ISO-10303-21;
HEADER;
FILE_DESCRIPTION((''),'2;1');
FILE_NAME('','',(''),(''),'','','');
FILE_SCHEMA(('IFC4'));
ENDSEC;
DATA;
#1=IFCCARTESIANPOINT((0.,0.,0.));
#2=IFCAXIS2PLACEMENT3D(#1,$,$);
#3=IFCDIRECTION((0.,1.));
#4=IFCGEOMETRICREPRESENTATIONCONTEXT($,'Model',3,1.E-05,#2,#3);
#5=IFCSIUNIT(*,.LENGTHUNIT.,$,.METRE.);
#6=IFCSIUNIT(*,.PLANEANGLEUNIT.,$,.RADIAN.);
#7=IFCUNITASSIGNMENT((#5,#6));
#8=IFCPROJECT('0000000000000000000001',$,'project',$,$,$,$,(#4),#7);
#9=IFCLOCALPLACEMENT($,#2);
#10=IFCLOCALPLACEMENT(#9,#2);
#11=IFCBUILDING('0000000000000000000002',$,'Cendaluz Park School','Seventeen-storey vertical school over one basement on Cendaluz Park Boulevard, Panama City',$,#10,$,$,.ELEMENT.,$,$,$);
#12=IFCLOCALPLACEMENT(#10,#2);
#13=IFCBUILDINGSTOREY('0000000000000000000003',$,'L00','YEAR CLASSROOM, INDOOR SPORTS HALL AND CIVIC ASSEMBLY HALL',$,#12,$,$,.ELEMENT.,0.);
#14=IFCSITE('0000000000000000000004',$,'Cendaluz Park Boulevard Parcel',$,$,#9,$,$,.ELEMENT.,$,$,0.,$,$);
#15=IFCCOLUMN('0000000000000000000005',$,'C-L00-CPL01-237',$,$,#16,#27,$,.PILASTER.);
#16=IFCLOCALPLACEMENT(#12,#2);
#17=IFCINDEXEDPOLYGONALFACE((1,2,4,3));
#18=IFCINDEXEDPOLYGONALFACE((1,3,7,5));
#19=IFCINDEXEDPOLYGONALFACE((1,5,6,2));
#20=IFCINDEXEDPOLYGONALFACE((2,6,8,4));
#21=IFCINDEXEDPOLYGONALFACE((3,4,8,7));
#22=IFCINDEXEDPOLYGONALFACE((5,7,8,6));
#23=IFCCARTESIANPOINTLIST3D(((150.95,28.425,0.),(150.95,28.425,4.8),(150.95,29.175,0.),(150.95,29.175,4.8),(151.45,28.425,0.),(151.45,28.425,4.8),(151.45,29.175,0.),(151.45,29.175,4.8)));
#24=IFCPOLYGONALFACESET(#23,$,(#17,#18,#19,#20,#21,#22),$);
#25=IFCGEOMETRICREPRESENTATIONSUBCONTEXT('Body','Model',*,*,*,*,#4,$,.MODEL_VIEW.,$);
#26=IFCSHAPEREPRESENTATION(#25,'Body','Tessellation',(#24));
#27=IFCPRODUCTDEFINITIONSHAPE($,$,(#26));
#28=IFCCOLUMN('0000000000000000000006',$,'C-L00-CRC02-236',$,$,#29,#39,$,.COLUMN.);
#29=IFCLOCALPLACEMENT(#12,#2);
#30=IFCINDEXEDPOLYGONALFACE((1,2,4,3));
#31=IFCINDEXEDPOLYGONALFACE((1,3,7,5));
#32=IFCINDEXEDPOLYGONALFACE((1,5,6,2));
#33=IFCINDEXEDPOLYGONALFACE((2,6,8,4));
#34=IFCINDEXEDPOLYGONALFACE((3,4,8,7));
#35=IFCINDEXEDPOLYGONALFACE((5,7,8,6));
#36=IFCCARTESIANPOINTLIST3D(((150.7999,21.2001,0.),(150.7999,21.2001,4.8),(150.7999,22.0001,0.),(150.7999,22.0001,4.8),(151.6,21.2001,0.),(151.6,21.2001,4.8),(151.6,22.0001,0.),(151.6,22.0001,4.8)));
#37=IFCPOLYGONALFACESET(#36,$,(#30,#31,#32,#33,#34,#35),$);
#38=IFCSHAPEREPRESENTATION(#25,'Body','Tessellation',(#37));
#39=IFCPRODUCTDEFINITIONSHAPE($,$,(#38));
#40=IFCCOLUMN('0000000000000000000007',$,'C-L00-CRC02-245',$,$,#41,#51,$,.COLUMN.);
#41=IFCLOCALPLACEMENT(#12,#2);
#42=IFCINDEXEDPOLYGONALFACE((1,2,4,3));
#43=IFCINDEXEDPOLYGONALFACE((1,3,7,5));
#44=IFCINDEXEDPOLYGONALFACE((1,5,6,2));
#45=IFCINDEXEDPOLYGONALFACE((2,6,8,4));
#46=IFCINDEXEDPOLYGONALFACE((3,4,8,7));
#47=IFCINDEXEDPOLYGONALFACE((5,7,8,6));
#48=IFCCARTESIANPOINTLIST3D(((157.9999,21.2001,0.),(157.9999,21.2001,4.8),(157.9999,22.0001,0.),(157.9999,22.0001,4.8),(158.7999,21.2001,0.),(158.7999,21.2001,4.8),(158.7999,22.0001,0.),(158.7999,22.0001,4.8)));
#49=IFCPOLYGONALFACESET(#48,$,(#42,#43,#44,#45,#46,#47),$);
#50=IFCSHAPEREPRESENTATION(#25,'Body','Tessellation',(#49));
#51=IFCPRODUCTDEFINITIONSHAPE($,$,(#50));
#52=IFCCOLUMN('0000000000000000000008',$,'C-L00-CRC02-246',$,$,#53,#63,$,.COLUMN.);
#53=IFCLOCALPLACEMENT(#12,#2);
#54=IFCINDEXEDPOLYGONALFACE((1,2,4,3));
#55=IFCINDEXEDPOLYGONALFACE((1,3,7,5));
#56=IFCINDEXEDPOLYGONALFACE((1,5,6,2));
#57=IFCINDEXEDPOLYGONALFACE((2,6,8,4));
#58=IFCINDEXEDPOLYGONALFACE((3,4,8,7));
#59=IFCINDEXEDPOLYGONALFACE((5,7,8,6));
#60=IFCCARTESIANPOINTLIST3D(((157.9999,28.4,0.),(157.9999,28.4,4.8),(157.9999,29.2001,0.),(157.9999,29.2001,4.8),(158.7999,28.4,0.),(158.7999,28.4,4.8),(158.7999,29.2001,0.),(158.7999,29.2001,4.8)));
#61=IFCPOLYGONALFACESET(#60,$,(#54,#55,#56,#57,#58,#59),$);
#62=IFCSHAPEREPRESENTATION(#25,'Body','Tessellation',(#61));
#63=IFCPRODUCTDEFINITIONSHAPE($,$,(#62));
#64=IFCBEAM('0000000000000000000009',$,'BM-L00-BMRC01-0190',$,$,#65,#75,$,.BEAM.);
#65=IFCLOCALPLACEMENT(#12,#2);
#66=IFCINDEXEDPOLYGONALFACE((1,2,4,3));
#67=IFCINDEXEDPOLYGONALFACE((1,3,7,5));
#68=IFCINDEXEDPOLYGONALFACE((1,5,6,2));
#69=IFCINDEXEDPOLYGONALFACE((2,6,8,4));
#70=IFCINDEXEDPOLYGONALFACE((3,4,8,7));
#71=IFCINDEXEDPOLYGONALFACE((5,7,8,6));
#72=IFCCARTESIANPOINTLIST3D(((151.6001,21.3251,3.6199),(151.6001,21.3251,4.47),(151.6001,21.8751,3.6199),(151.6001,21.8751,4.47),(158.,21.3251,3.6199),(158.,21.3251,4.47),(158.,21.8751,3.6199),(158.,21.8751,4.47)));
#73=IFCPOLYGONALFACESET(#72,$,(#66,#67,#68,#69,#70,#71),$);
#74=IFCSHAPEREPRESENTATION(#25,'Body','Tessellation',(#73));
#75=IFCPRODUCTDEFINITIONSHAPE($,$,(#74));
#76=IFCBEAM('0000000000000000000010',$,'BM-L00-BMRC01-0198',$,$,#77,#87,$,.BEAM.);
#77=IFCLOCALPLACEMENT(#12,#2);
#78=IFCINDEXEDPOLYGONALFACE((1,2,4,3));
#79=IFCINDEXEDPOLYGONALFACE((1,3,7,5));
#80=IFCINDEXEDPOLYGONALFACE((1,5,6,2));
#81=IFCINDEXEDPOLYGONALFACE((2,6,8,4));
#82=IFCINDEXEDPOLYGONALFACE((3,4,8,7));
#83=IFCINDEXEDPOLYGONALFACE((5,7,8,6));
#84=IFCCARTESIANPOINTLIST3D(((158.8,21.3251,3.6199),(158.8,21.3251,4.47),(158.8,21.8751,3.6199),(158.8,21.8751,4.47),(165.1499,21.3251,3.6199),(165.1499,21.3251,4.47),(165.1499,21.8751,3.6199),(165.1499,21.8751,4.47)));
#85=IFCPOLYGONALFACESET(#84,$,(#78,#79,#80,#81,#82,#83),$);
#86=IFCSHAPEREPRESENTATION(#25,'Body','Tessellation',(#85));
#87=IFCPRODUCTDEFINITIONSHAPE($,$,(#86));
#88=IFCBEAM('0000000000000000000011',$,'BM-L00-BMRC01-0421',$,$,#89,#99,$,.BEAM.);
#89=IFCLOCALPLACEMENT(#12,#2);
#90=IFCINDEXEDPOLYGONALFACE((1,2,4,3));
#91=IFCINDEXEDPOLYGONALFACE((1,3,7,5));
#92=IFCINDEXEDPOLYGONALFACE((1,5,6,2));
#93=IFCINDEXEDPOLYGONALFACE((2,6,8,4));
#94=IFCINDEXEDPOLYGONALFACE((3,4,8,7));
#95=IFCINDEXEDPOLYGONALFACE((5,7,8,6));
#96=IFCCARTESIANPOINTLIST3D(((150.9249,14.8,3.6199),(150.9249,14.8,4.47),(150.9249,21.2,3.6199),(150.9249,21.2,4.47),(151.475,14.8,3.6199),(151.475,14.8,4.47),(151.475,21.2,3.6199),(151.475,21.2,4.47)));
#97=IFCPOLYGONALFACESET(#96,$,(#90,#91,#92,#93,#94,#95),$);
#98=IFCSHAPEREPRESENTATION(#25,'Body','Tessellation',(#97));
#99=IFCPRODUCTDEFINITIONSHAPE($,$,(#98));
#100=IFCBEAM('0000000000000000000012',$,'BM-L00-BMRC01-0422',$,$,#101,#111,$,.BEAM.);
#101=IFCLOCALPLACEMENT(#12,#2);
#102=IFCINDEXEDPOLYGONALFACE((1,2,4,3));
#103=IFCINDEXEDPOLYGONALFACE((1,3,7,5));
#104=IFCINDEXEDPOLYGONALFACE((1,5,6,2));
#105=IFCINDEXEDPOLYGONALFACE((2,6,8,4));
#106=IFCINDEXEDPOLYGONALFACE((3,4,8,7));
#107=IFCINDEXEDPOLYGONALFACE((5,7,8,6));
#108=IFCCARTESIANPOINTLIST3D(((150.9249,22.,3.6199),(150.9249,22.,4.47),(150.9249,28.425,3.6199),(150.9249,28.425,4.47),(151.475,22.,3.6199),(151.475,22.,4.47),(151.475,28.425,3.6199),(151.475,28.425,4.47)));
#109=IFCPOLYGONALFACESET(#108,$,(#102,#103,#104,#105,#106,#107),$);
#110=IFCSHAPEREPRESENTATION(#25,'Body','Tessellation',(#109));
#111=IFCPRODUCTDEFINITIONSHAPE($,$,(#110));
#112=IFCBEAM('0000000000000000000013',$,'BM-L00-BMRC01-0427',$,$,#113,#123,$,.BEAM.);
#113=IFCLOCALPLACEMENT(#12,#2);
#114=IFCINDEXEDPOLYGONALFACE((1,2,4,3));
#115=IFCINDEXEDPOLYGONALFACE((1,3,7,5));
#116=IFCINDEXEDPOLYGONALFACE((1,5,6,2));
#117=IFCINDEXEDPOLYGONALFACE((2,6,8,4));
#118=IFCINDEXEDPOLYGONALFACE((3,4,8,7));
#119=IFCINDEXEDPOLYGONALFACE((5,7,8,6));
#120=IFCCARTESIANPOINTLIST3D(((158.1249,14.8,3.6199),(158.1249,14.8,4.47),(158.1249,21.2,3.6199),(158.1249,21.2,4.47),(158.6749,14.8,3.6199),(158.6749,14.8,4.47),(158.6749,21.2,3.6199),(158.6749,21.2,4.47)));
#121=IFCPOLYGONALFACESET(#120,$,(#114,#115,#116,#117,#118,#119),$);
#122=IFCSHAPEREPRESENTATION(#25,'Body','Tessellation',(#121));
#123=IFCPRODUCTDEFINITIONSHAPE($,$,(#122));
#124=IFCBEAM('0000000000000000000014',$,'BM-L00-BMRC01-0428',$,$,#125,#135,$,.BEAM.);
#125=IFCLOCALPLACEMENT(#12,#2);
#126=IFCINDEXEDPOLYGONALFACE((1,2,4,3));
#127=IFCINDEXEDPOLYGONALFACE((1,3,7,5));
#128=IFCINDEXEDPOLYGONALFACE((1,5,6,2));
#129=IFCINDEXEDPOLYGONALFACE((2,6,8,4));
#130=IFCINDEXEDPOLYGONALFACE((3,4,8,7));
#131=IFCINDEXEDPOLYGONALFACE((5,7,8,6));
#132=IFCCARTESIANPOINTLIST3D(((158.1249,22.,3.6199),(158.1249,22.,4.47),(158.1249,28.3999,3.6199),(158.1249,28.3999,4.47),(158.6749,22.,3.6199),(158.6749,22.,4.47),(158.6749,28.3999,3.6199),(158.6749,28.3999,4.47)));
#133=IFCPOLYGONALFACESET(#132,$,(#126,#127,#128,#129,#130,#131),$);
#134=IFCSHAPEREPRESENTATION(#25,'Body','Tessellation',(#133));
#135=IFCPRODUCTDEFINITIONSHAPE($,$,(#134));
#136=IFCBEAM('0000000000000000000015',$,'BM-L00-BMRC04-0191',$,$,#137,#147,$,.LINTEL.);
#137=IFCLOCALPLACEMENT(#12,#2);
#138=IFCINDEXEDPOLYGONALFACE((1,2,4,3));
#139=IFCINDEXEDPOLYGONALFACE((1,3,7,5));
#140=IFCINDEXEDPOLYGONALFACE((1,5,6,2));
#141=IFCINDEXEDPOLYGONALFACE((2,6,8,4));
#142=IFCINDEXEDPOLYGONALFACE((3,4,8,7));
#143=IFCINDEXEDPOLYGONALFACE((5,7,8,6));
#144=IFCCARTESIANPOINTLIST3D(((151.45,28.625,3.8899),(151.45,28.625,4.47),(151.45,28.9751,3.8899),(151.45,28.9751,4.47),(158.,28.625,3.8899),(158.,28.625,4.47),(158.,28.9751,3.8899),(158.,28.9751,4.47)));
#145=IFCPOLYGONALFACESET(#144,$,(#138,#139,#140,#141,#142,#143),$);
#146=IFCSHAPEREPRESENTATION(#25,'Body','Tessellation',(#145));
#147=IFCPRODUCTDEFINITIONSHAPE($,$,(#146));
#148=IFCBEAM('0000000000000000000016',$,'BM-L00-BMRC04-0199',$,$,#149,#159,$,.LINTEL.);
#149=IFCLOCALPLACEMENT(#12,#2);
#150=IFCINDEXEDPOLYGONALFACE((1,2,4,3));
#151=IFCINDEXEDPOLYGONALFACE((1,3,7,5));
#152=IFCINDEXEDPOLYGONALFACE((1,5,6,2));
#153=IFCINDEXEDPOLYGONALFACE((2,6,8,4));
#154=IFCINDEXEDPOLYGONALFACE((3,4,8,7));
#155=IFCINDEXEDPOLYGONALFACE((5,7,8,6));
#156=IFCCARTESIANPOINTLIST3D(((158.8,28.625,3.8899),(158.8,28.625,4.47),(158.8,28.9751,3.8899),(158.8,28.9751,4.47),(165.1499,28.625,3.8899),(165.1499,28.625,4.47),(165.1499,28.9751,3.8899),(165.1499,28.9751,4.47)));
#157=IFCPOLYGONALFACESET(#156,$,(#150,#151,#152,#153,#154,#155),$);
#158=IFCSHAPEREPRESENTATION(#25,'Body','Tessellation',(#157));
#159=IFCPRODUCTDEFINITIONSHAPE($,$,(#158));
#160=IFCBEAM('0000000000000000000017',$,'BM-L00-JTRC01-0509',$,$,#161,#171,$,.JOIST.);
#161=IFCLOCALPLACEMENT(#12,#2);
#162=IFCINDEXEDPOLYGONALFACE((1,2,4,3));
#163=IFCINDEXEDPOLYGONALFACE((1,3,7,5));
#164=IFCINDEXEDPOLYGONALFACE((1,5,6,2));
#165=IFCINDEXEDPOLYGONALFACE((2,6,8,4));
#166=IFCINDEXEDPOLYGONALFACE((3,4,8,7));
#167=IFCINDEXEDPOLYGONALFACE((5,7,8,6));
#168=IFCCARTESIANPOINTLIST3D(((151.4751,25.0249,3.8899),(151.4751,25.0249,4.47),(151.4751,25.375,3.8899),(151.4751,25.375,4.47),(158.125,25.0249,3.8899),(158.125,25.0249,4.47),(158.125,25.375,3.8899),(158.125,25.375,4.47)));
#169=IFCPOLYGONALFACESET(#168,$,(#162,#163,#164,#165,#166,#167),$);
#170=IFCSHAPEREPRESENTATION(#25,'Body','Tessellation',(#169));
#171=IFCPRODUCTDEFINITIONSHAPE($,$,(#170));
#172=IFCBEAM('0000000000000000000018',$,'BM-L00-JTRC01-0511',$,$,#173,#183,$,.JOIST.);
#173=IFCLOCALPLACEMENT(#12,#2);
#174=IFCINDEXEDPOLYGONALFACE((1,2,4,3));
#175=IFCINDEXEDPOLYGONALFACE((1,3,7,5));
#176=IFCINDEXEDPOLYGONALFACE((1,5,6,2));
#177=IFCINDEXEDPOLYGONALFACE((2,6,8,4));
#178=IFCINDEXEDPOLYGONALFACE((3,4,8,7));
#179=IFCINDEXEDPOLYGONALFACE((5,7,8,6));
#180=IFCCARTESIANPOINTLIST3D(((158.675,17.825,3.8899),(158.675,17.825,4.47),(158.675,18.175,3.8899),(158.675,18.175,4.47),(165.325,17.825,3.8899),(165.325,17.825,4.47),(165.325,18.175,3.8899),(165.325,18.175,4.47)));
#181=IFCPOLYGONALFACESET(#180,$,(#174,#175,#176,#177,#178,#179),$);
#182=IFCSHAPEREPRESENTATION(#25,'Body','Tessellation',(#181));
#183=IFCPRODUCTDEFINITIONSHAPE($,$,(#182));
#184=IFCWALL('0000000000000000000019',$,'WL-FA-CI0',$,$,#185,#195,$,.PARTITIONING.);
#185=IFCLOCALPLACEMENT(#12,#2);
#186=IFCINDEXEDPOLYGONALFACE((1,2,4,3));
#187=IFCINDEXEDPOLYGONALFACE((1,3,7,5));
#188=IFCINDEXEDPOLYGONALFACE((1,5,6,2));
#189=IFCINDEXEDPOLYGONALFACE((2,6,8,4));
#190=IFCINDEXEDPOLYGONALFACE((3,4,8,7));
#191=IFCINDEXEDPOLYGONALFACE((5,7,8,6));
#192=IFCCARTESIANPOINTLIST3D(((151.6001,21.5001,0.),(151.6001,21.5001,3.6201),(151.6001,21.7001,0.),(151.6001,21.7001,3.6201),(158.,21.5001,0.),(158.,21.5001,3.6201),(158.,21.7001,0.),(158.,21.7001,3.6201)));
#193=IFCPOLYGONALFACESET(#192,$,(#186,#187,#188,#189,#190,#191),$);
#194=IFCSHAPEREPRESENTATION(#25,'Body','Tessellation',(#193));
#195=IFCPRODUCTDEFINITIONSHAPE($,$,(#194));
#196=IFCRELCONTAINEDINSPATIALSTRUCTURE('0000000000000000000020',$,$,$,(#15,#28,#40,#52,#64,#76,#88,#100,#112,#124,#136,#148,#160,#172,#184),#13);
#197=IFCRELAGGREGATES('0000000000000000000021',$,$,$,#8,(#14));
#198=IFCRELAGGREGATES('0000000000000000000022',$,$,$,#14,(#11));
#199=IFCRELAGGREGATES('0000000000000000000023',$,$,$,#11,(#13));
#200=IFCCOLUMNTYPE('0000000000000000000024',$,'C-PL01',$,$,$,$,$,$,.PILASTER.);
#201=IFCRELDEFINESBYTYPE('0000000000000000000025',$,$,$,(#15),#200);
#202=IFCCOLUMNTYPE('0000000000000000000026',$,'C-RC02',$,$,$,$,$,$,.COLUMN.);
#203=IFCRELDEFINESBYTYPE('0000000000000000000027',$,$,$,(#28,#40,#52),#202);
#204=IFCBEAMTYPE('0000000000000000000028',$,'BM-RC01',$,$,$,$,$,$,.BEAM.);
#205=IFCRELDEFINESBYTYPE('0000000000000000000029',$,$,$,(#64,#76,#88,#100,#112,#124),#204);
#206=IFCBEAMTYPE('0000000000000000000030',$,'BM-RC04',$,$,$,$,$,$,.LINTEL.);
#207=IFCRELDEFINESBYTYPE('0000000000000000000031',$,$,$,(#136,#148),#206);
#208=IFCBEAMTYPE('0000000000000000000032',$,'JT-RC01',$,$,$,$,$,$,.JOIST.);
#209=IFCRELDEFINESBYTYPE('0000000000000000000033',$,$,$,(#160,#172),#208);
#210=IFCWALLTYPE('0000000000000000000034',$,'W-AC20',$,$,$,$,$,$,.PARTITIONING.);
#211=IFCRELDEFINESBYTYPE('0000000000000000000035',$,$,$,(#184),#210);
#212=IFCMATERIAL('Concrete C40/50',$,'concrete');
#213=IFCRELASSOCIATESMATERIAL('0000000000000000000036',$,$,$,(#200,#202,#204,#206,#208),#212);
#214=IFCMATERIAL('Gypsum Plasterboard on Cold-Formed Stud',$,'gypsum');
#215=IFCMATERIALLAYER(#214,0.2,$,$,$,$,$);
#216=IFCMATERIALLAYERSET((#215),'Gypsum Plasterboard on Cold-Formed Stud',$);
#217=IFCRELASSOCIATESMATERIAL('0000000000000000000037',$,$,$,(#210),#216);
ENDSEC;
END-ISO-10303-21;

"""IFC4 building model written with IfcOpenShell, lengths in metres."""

from ifc_helpers import new_model, si_unit, direction, frame, frame_2d, origin, origin_2d, place, context, subcontext, project, spatial, rectangle, extrude, material, layer, layer_set, material_profile, profile_set, type_object, element, save


model = new_model("IFC4")

# Units and contexts
model_context = context("Model", 3, precision=1e-05, world=origin(), true_north=direction((0.0, 1.0)))
body_context = subcontext(model_context, "Body", "Model", "MODEL_VIEW")
ifc_project = project(units=[si_unit("LENGTHUNIT", "METRE"), si_unit("PLANEANGLEUNIT", "RADIAN")], contexts=[model_context])

# Site, building, storey
site_placement = place(None, origin())
site = spatial("IfcSite", under=ifc_project, at=site_placement, Name="Cendaluz Park Boulevard Parcel", CompositionType="ELEMENT", RefElevation=0.0)
building_placement = place(site_placement, origin())
building = spatial("IfcBuilding", under=site, at=building_placement, Name="Cendaluz Park School", Description="Seventeen-storey vertical school over one basement on Cendaluz Park Boulevard, Panama City", CompositionType="ELEMENT")
storey_placement = place(building_placement, origin())
storey = spatial("IfcBuildingStorey", under=building, at=storey_placement, Name="L00", Description="YEAR CLASSROOM, INDOOR SPORTS HALL AND CIVIC ASSEMBLY HALL", CompositionType="ELEMENT", Elevation=0.0)

# Columns
ifc_material_1 = material(Name="Concrete C40/50", Category="concrete")
ifc_material_profile_1 = material_profile(ifc_material_1, rectangle(XDim=0.5, YDim=0.75, at=origin_2d()), Name="RC 500x750", Category="concrete")
ifc_profile_set_1 = profile_set([ifc_material_profile_1], Name="Concrete C40/50")
column_type_1 = type_object("IfcColumnType", Name="C-PL01", PredefinedType="PILASTER", material=ifc_profile_set_1)
column_placement = place(storey_placement, frame((151.2, 28.8, 0.0), z_axis=(0.0, 0.0, 1.0), x_axis=(1.0, 0.0, 0.0)))
element("IfcColumn", 1, at=column_placement, inside=storey, type_object=column_type_1, Name="C-L00-CPL01-237", PredefinedType="PILASTER", context=body_context, shape_type="SweptSolid", body=[
    extrude(rectangle(XDim=0.5, YDim=0.75, at=origin_2d()), origin(), (0.0, 0.0, 1.0), 4.8),
])
ifc_material_profile_2 = material_profile(ifc_material_1, rectangle(XDim=0.8, YDim=0.8, at=origin_2d()), Name="RC 800x800", Category="concrete")
ifc_profile_set_2 = profile_set([ifc_material_profile_2], Name="Concrete C40/50")
column_type_2 = type_object("IfcColumnType", Name="C-RC02", PredefinedType="COLUMN", material=ifc_profile_set_2)
for number, where, z_axis, x_axis, name in (
    (2, (151.2, 21.6001, 0.0), (0.0, 0.0, 1.0), (1.0, 0.0, 0.0), "C-L00-CRC02-236"),
    (3, (158.3999, 21.6001, 0.0), (0.0, 0.0, 1.0), (1.0, 0.0, 0.0), "C-L00-CRC02-245"),
    (4, (158.3999, 28.8, 0.0), (0.0, 0.0, 1.0), (1.0, 0.0, 0.0), "C-L00-CRC02-246"),
):
    element("IfcColumn", number, at=place(storey_placement, frame(where, z_axis=z_axis, x_axis=x_axis)), inside=storey, type_object=column_type_2, Name=name, PredefinedType="COLUMN", context=body_context, shape_type="SweptSolid", body=[
        extrude(rectangle(XDim=0.8, YDim=0.8, at=origin_2d()), origin(), (0.0, 0.0, 1.0), 4.8),
    ])

# Beams
ifc_material_profile_3 = material_profile(ifc_material_1, rectangle(XDim=0.55, YDim=0.8501, at=origin_2d()), Name="RC 550x850", Category="concrete")
ifc_profile_set_3 = profile_set([ifc_material_profile_3], Name="Concrete C40/50")
beam_type_1 = type_object("IfcBeamType", Name="BM-RC01", PredefinedType="BEAM", material=ifc_profile_set_3)
beam_1_placement = place(storey_placement, frame((151.6001, 21.6001, 4.0449), z_axis=(1.0, 0.0, 0.0), x_axis=(0.0, 1.0, 0.0)))
element("IfcBeam", 5, at=beam_1_placement, inside=storey, type_object=beam_type_1, Name="BM-L00-BMRC01-0190", PredefinedType="BEAM", context=body_context, shape_type="SweptSolid", body=[
    extrude(rectangle(XDim=0.55, YDim=0.8501, at=origin_2d()), origin(), (0.0, 0.0, 1.0), 6.3999),
])
beam_2_placement = place(storey_placement, frame((158.8, 21.6001, 4.0449), z_axis=(1.0, 0.0, 0.0), x_axis=(0.0, 1.0, 0.0)))
element("IfcBeam", 6, at=beam_2_placement, inside=storey, type_object=beam_type_1, Name="BM-L00-BMRC01-0198", PredefinedType="BEAM", context=body_context, shape_type="SweptSolid", body=[
    extrude(rectangle(XDim=0.55, YDim=0.8501, at=origin_2d()), origin(), (0.0, 0.0, 1.0), 6.3499),
])
beam_3_placement = place(storey_placement, frame((151.2, 14.8, 4.0449), z_axis=(0.0, 1.0, 0.0), x_axis=(-1.0, 0.0, 0.0)))
element("IfcBeam", 7, at=beam_3_placement, inside=storey, type_object=beam_type_1, Name="BM-L00-BMRC01-0421", PredefinedType="BEAM", context=body_context, shape_type="SweptSolid", body=[
    extrude(rectangle(XDim=0.55, YDim=0.8501, at=origin_2d()), origin(), (0.0, 0.0, 1.0), 6.3999),
])
beam_4_placement = place(storey_placement, frame((151.2, 22.0, 4.0449), z_axis=(0.0, 1.0, 0.0), x_axis=(-1.0, 0.0, 0.0)))
element("IfcBeam", 8, at=beam_4_placement, inside=storey, type_object=beam_type_1, Name="BM-L00-BMRC01-0422", PredefinedType="BEAM", context=body_context, shape_type="SweptSolid", body=[
    extrude(rectangle(XDim=0.55, YDim=0.8501, at=origin_2d()), origin(), (0.0, 0.0, 1.0), 6.425),
])
for number, where, z_axis, x_axis, name in (
    (9, (158.3999, 14.8, 4.0449), (0.0, 1.0, 0.0), (-1.0, 0.0, 0.0), "BM-L00-BMRC01-0427"),
    (10, (158.3999, 22.0, 4.0449), (0.0, 1.0, 0.0), (-1.0, 0.0, 0.0), "BM-L00-BMRC01-0428"),
):
    element("IfcBeam", number, at=place(storey_placement, frame(where, z_axis=z_axis, x_axis=x_axis)), inside=storey, type_object=beam_type_1, Name=name, PredefinedType="BEAM", context=body_context, shape_type="SweptSolid", body=[
        extrude(rectangle(XDim=0.55, YDim=0.8501, at=origin_2d()), origin(), (0.0, 0.0, 1.0), 6.3999),
    ])
ifc_material_profile_4 = material_profile(ifc_material_1, rectangle(XDim=0.3501, YDim=0.5801, at=origin_2d()), Name="RC 350x580", Category="concrete")
ifc_profile_set_4 = profile_set([ifc_material_profile_4], Name="Concrete C40/50")
beam_type_2 = type_object("IfcBeamType", Name="BM-RC04", PredefinedType="LINTEL", material=ifc_profile_set_4)
beam_5_placement = place(storey_placement, frame((151.45, 28.8, 4.1799), z_axis=(1.0, 0.0, 0.0), x_axis=(0.0, 1.0, 0.0)))
element("IfcBeam", 11, at=beam_5_placement, inside=storey, type_object=beam_type_2, Name="BM-L00-BMRC04-0191", PredefinedType="LINTEL", context=body_context, shape_type="SweptSolid", body=[
    extrude(rectangle(XDim=0.3501, YDim=0.5801, at=origin_2d()), origin(), (0.0, 0.0, 1.0), 6.55),
])
beam_6_placement = place(storey_placement, frame((158.8, 28.8, 4.1799), z_axis=(1.0, 0.0, 0.0), x_axis=(0.0, 1.0, 0.0)))
element("IfcBeam", 12, at=beam_6_placement, inside=storey, type_object=beam_type_2, Name="BM-L00-BMRC04-0199", PredefinedType="LINTEL", context=body_context, shape_type="SweptSolid", body=[
    extrude(rectangle(XDim=0.3501, YDim=0.5801, at=origin_2d()), origin(), (0.0, 0.0, 1.0), 6.3499),
])
ifc_material_profile_5 = material_profile(ifc_material_1, rectangle(XDim=0.3501, YDim=0.5801, at=origin_2d()), Name="RC 350x580", Category="concrete")
ifc_profile_set_5 = profile_set([ifc_material_profile_5], Name="Concrete C40/50")
beam_type_3 = type_object("IfcBeamType", Name="JT-RC01", PredefinedType="JOIST", material=ifc_profile_set_5)
for number, where, z_axis, x_axis, name in (
    (13, (151.4751, 25.2, 4.1799), (1.0, 0.0, 0.0), (0.0, 1.0, 0.0), "BM-L00-JTRC01-0509"),
    (14, (158.675, 18.0, 4.1799), (1.0, 0.0, 0.0), (0.0, 1.0, 0.0), "BM-L00-JTRC01-0511"),
):
    element("IfcBeam", number, at=place(storey_placement, frame(where, z_axis=z_axis, x_axis=x_axis)), inside=storey, type_object=beam_type_3, Name=name, PredefinedType="JOIST", context=body_context, shape_type="SweptSolid", body=[
        extrude(rectangle(XDim=0.3501, YDim=0.5801, at=origin_2d()), origin(), (0.0, 0.0, 1.0), 6.6499),
    ])

# Wall
ifc_material_2 = material(Name="Gypsum Plasterboard on Cold-Formed Stud", Category="gypsum")
ifc_layer_1 = layer(ifc_material_2, 0.2)
ifc_layer_set_1 = layer_set([ifc_layer_1], Name="Gypsum Plasterboard on Cold-Formed Stud")
wall_type_1 = type_object("IfcWallType", Name="W-AC20", PredefinedType="PARTITIONING", material=ifc_layer_set_1)
for number, where, z_axis, x_axis, name in (
    (15, (151.6001, 21.6001, 0.0), (0.0, 0.0, 1.0), (1.0, 0.0, 0.0), "WL-FA-CI0"),
):
    element("IfcWall", number, at=place(storey_placement, frame(where, z_axis=z_axis, x_axis=x_axis)), inside=storey, type_object=wall_type_1, Name=name, PredefinedType="PARTITIONING", context=body_context, shape_type="SweptSolid", body=[
        extrude(rectangle(XDim=6.3999, YDim=0.2, at=frame_2d((3.2, 0.0))), origin(), (0.0, 0.0, 1.0), 3.6201),
    ])

save(model, "model.ifc")
